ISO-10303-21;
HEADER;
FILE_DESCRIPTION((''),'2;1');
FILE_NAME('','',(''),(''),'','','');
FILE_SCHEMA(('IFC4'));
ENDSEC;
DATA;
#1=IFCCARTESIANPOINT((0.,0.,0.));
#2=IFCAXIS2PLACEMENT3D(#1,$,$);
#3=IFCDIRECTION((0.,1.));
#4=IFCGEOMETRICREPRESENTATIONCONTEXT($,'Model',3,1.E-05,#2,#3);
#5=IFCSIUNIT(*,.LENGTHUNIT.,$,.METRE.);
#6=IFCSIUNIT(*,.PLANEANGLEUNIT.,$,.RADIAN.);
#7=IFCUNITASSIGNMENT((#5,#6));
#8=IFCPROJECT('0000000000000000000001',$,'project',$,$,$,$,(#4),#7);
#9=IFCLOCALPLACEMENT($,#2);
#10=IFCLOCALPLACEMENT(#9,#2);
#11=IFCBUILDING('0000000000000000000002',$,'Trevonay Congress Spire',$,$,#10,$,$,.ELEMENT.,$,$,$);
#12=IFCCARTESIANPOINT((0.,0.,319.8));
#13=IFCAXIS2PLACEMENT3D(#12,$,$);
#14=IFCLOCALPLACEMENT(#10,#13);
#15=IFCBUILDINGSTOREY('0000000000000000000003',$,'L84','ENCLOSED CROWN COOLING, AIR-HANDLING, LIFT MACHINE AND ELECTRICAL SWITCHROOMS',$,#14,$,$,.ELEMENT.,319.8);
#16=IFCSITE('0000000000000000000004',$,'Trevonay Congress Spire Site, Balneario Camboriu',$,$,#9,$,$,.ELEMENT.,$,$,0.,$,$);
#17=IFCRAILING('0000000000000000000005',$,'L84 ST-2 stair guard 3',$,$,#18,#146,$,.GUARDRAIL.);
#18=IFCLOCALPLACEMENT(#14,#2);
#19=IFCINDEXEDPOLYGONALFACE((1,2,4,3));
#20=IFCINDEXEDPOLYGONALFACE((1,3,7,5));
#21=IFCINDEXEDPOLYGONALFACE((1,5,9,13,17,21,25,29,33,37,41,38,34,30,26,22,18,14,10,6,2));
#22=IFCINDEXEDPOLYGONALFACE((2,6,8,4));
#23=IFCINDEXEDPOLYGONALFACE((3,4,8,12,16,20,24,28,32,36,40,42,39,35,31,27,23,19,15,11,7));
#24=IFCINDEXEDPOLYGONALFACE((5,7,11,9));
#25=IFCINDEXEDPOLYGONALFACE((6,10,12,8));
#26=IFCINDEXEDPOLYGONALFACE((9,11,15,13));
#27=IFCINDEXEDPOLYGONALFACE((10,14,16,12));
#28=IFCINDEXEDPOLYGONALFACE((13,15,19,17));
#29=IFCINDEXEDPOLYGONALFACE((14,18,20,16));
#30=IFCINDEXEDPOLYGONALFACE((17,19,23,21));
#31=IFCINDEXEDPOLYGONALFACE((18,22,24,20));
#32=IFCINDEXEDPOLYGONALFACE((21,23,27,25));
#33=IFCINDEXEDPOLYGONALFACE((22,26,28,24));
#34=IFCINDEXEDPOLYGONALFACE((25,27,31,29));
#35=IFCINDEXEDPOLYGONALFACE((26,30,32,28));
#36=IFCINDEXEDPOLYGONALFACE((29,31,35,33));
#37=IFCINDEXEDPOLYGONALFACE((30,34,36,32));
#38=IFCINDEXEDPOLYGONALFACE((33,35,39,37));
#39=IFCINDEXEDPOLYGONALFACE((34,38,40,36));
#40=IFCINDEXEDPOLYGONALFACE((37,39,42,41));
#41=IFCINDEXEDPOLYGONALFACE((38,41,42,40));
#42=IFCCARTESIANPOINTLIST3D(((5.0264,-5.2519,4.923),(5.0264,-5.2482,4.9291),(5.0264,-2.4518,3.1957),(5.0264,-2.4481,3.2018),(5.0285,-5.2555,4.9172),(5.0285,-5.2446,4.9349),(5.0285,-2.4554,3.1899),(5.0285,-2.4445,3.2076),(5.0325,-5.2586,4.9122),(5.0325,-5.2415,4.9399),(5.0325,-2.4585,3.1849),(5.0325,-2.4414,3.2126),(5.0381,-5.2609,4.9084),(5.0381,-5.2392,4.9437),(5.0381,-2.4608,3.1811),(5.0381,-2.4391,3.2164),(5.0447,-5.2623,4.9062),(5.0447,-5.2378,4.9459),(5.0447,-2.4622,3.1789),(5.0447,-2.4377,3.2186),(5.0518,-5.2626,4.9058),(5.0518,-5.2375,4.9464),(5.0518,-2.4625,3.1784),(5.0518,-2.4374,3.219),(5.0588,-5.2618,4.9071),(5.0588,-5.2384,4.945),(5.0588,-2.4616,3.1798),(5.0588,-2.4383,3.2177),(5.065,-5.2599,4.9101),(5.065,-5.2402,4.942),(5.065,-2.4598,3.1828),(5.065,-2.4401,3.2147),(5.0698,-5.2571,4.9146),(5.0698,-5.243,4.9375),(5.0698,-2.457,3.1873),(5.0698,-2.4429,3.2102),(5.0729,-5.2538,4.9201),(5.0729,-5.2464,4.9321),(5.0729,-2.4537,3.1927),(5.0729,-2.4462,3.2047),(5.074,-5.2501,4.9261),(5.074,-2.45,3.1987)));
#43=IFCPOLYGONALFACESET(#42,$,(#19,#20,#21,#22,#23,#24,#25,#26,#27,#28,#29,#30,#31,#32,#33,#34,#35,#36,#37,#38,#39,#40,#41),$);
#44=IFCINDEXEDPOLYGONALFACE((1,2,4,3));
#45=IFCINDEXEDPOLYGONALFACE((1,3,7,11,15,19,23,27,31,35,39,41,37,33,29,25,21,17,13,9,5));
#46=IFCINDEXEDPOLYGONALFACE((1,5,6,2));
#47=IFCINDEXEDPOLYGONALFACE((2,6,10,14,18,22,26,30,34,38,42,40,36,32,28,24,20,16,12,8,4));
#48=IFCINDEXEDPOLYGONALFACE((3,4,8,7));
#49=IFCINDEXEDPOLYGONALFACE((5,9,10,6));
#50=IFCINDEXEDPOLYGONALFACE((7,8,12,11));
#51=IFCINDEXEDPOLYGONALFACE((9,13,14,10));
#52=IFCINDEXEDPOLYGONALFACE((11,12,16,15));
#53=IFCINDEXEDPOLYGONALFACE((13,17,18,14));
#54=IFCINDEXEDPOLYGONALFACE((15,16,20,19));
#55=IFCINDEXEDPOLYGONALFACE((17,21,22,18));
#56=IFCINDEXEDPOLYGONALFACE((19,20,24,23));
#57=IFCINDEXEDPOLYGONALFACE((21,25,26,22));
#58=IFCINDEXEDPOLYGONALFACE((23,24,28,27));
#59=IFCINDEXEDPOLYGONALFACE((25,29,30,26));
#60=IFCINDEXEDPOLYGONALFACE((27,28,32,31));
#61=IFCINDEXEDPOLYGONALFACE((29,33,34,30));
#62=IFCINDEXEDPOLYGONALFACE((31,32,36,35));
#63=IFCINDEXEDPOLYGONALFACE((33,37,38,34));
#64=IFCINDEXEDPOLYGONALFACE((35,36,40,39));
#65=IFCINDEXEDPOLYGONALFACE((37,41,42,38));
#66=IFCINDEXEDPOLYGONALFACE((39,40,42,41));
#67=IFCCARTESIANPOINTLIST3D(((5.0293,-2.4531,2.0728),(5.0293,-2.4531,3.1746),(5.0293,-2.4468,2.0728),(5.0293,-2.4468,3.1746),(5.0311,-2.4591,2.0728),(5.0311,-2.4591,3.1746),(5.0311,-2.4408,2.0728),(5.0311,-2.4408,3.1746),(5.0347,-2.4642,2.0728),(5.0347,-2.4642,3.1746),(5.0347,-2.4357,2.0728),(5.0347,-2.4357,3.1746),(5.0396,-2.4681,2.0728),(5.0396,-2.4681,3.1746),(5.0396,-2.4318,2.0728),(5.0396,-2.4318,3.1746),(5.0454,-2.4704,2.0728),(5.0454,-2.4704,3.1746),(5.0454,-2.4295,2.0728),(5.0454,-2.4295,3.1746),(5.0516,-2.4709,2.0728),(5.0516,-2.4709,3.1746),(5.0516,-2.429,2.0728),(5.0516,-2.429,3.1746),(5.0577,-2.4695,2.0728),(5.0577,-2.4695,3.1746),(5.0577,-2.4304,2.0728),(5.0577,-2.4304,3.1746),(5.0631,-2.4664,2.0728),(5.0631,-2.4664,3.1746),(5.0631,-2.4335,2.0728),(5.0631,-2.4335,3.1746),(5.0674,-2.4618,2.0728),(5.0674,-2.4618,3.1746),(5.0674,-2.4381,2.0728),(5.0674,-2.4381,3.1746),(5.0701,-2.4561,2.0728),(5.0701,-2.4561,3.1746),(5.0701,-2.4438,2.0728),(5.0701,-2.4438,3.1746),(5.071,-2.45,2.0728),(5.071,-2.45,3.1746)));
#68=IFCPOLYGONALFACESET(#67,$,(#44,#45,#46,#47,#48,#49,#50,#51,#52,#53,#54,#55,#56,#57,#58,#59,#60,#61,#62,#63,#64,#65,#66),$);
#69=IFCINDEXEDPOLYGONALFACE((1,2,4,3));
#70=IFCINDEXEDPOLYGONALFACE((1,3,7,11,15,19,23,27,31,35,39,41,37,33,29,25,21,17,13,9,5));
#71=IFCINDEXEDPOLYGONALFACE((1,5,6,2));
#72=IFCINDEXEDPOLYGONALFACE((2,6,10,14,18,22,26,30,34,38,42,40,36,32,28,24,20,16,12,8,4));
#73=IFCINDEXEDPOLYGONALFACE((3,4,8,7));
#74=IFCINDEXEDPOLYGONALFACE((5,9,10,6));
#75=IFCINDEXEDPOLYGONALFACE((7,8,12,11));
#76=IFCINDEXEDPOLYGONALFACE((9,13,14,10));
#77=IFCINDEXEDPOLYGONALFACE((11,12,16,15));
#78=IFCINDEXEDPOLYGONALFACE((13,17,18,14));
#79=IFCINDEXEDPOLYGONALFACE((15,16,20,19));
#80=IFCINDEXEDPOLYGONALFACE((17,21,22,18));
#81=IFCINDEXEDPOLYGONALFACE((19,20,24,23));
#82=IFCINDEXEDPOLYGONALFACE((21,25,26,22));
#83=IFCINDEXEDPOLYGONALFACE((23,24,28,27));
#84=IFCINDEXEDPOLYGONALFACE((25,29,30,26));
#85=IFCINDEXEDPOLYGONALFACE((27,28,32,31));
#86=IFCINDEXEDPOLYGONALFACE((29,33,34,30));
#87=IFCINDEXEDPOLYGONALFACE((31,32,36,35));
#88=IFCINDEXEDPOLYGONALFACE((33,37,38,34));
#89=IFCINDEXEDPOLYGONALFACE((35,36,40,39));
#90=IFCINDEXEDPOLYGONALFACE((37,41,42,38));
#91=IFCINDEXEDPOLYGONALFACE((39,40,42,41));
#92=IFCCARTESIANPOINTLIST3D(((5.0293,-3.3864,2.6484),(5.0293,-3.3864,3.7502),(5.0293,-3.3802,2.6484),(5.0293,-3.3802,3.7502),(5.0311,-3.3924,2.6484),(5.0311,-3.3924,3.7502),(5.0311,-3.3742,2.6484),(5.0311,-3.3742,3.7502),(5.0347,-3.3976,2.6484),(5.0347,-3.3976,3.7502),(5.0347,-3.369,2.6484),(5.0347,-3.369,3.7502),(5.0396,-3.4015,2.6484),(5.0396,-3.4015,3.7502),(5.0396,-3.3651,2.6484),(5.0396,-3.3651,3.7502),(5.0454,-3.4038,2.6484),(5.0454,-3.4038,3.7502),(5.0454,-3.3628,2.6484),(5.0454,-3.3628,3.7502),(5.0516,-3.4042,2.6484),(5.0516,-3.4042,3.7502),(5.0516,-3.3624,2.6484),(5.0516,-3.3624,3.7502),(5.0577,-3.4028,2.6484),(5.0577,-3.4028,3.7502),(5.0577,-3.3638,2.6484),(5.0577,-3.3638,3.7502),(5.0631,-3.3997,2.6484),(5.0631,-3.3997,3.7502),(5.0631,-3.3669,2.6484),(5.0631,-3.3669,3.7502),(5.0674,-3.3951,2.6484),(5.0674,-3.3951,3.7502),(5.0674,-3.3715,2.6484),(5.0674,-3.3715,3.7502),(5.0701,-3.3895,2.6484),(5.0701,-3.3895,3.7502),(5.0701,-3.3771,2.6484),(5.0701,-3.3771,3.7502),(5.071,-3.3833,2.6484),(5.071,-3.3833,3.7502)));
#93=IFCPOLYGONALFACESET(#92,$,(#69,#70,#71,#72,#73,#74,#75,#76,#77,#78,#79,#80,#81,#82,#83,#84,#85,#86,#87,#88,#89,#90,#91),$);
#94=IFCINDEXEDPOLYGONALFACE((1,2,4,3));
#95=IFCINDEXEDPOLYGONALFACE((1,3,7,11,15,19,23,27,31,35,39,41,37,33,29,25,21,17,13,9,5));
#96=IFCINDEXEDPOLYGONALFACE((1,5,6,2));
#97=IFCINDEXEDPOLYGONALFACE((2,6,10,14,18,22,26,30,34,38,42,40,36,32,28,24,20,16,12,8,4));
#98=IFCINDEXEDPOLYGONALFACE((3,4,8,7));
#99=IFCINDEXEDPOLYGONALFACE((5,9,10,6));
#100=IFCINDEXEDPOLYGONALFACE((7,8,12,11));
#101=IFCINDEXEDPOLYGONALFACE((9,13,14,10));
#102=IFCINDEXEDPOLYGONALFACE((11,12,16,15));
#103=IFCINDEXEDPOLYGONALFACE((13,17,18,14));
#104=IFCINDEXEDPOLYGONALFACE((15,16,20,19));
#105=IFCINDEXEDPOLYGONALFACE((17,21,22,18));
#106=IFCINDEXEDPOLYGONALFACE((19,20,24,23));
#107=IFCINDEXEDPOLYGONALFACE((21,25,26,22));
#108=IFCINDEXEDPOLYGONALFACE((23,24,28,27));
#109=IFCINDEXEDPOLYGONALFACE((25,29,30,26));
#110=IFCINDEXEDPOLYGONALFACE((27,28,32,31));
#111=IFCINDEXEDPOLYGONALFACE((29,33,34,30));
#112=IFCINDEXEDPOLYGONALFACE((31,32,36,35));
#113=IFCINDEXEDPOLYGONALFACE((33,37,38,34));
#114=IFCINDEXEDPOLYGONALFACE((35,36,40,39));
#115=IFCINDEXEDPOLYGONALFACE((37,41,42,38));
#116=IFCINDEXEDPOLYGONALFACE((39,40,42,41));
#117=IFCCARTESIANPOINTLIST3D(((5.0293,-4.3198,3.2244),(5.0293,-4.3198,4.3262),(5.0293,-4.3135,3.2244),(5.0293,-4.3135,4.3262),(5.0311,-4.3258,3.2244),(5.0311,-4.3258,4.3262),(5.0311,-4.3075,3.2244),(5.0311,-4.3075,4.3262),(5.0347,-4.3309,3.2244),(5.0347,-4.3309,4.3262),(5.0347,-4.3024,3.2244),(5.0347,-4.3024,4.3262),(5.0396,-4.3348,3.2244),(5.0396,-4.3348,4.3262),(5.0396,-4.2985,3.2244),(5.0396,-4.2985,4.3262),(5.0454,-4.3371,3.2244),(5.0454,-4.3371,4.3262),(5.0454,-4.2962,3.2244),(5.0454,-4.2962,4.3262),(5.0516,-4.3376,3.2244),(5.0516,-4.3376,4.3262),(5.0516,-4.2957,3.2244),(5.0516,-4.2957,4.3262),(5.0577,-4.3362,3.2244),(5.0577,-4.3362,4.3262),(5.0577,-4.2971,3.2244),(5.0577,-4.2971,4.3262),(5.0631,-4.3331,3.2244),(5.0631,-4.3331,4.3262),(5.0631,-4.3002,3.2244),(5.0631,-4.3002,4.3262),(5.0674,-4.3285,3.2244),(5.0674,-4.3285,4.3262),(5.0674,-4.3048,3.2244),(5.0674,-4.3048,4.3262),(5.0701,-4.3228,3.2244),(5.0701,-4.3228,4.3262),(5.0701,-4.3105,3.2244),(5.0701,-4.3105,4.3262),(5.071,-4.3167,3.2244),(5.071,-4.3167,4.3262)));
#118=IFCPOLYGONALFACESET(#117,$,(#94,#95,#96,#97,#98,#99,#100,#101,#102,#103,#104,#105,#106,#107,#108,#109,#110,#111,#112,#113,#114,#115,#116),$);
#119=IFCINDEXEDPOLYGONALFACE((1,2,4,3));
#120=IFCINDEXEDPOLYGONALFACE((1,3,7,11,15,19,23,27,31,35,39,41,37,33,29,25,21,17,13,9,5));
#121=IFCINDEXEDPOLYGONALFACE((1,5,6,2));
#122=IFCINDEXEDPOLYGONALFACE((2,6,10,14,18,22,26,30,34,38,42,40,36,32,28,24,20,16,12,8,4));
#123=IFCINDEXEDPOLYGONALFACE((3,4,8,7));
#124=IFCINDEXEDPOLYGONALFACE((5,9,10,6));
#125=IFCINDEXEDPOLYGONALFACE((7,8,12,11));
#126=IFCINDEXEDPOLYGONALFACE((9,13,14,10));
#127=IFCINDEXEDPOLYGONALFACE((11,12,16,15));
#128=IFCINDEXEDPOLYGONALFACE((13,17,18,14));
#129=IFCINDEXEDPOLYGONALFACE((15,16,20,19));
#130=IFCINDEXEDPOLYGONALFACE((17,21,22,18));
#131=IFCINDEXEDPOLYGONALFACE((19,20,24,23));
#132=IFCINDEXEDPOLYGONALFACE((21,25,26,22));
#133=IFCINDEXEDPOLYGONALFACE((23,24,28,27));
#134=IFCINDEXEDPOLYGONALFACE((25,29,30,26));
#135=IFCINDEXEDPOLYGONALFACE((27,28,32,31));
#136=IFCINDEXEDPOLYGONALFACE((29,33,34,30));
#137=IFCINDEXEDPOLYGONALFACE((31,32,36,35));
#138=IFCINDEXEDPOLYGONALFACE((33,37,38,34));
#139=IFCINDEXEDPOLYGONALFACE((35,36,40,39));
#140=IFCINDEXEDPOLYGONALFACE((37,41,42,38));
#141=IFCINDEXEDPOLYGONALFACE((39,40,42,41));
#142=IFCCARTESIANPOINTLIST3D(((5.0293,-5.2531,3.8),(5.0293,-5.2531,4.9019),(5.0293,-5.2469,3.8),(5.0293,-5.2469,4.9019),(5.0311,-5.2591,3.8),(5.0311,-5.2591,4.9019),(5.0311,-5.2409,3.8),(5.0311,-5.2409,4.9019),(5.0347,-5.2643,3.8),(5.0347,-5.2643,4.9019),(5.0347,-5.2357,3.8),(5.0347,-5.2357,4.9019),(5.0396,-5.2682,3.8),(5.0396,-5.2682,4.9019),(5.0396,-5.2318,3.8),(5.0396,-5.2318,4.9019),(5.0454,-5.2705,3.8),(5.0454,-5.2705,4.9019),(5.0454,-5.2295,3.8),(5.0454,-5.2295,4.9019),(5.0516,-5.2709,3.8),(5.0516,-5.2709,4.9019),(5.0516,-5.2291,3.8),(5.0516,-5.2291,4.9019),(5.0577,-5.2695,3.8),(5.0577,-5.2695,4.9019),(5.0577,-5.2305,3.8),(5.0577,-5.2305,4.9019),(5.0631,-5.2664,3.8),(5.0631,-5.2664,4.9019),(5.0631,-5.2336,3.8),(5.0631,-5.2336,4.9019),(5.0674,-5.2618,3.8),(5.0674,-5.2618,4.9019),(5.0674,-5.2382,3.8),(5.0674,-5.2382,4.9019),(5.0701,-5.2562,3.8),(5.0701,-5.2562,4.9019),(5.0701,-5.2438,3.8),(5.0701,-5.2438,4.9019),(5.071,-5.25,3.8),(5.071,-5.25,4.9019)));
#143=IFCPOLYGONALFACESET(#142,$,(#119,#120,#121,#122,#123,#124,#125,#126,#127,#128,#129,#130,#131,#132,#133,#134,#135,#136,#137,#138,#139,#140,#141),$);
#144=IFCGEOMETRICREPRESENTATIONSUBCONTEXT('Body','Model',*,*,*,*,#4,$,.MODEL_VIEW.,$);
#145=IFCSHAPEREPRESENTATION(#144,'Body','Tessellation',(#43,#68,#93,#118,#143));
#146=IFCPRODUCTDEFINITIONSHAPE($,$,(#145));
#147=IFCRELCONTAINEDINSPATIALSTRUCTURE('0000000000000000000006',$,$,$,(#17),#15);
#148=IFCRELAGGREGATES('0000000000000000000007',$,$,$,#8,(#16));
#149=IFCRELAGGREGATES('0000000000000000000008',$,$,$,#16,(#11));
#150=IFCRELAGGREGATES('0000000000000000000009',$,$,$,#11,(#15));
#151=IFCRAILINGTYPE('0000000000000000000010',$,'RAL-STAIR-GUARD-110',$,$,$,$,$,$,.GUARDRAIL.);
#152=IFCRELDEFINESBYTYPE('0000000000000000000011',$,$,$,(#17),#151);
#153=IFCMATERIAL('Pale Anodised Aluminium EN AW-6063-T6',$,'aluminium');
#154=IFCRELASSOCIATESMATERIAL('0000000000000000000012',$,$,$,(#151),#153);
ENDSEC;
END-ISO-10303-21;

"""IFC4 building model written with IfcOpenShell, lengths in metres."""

from ifc_helpers import new_model, si_unit, direction, frame, origin, origin_2d, place, context, subcontext, project, spatial, circle, extrude, material, type_object, element, save


model = new_model("IFC4")

# Units and contexts
model_context = context("Model", 3, precision=1e-05, world=origin(), true_north=direction((0.0, 1.0)))
body_context = subcontext(model_context, "Body", "Model", "MODEL_VIEW")
ifc_project = project(units=[si_unit("LENGTHUNIT", "METRE"), si_unit("PLANEANGLEUNIT", "RADIAN")], contexts=[model_context])

# Site, building, storey
site_placement = place(None, origin())
site = spatial("IfcSite", under=ifc_project, at=site_placement, Name="Trevonay Congress Spire Site, Balneario Camboriu", CompositionType="ELEMENT", RefElevation=0.0)
building_placement = place(site_placement, origin())
building = spatial("IfcBuilding", under=site, at=building_placement, Name="Trevonay Congress Spire", CompositionType="ELEMENT")
storey_placement = place(building_placement, frame((0.0, 0.0, 319.8)))
storey = spatial("IfcBuildingStorey", under=building, at=storey_placement, Name="L84", Description="ENCLOSED CROWN COOLING, AIR-HANDLING, LIFT MACHINE AND ELECTRICAL SWITCHROOMS", CompositionType="ELEMENT", Elevation=319.8)

# Shared definitions
ifc_material_1 = material(Name="Pale Anodised Aluminium EN AW-6063-T6", Category="aluminium")

# Railing
railing_type_1 = type_object("IfcRailingType", Name="RAL-STAIR-GUARD-110", PredefinedType="GUARDRAIL", material=ifc_material_1)
railing_1_placement = place(storey_placement, frame((5.05, -2.45, 2.0728)))
element("IfcRailing", 1, at=railing_1_placement, inside=storey, type_object=railing_type_1, Name="L84 ST-2 stair guard 3", PredefinedType="GUARDRAIL", context=body_context, shape_type="SweptSolid", body=[
    extrude(circle(Radius=0.0239, at=origin_2d()), frame((0.0, 0.0, 1.126), z_axis=(0.0, -0.85109, 0.52502), x_axis=(1.0, 0.0, 0.0)), (0.0, 0.0, 1.0), 3.29),
    extrude(circle(Radius=0.021, at=origin_2d()), origin(), (0.0, 0.0, 1.0), 1.1018),
    extrude(circle(Radius=0.021, at=origin_2d()), frame((0.0, -0.9333, 0.5757)), (0.0, 0.0, 1.0), 1.1018),
    extrude(circle(Radius=0.021, at=origin_2d()), frame((0.0, -1.8667, 1.1516)), (0.0, 0.0, 1.0), 1.1018),
    extrude(circle(Radius=0.021, at=origin_2d()), frame((0.0, -2.8, 1.7273)), (0.0, 0.0, 1.0), 1.1018),
])

save(model, "model.ifc")
